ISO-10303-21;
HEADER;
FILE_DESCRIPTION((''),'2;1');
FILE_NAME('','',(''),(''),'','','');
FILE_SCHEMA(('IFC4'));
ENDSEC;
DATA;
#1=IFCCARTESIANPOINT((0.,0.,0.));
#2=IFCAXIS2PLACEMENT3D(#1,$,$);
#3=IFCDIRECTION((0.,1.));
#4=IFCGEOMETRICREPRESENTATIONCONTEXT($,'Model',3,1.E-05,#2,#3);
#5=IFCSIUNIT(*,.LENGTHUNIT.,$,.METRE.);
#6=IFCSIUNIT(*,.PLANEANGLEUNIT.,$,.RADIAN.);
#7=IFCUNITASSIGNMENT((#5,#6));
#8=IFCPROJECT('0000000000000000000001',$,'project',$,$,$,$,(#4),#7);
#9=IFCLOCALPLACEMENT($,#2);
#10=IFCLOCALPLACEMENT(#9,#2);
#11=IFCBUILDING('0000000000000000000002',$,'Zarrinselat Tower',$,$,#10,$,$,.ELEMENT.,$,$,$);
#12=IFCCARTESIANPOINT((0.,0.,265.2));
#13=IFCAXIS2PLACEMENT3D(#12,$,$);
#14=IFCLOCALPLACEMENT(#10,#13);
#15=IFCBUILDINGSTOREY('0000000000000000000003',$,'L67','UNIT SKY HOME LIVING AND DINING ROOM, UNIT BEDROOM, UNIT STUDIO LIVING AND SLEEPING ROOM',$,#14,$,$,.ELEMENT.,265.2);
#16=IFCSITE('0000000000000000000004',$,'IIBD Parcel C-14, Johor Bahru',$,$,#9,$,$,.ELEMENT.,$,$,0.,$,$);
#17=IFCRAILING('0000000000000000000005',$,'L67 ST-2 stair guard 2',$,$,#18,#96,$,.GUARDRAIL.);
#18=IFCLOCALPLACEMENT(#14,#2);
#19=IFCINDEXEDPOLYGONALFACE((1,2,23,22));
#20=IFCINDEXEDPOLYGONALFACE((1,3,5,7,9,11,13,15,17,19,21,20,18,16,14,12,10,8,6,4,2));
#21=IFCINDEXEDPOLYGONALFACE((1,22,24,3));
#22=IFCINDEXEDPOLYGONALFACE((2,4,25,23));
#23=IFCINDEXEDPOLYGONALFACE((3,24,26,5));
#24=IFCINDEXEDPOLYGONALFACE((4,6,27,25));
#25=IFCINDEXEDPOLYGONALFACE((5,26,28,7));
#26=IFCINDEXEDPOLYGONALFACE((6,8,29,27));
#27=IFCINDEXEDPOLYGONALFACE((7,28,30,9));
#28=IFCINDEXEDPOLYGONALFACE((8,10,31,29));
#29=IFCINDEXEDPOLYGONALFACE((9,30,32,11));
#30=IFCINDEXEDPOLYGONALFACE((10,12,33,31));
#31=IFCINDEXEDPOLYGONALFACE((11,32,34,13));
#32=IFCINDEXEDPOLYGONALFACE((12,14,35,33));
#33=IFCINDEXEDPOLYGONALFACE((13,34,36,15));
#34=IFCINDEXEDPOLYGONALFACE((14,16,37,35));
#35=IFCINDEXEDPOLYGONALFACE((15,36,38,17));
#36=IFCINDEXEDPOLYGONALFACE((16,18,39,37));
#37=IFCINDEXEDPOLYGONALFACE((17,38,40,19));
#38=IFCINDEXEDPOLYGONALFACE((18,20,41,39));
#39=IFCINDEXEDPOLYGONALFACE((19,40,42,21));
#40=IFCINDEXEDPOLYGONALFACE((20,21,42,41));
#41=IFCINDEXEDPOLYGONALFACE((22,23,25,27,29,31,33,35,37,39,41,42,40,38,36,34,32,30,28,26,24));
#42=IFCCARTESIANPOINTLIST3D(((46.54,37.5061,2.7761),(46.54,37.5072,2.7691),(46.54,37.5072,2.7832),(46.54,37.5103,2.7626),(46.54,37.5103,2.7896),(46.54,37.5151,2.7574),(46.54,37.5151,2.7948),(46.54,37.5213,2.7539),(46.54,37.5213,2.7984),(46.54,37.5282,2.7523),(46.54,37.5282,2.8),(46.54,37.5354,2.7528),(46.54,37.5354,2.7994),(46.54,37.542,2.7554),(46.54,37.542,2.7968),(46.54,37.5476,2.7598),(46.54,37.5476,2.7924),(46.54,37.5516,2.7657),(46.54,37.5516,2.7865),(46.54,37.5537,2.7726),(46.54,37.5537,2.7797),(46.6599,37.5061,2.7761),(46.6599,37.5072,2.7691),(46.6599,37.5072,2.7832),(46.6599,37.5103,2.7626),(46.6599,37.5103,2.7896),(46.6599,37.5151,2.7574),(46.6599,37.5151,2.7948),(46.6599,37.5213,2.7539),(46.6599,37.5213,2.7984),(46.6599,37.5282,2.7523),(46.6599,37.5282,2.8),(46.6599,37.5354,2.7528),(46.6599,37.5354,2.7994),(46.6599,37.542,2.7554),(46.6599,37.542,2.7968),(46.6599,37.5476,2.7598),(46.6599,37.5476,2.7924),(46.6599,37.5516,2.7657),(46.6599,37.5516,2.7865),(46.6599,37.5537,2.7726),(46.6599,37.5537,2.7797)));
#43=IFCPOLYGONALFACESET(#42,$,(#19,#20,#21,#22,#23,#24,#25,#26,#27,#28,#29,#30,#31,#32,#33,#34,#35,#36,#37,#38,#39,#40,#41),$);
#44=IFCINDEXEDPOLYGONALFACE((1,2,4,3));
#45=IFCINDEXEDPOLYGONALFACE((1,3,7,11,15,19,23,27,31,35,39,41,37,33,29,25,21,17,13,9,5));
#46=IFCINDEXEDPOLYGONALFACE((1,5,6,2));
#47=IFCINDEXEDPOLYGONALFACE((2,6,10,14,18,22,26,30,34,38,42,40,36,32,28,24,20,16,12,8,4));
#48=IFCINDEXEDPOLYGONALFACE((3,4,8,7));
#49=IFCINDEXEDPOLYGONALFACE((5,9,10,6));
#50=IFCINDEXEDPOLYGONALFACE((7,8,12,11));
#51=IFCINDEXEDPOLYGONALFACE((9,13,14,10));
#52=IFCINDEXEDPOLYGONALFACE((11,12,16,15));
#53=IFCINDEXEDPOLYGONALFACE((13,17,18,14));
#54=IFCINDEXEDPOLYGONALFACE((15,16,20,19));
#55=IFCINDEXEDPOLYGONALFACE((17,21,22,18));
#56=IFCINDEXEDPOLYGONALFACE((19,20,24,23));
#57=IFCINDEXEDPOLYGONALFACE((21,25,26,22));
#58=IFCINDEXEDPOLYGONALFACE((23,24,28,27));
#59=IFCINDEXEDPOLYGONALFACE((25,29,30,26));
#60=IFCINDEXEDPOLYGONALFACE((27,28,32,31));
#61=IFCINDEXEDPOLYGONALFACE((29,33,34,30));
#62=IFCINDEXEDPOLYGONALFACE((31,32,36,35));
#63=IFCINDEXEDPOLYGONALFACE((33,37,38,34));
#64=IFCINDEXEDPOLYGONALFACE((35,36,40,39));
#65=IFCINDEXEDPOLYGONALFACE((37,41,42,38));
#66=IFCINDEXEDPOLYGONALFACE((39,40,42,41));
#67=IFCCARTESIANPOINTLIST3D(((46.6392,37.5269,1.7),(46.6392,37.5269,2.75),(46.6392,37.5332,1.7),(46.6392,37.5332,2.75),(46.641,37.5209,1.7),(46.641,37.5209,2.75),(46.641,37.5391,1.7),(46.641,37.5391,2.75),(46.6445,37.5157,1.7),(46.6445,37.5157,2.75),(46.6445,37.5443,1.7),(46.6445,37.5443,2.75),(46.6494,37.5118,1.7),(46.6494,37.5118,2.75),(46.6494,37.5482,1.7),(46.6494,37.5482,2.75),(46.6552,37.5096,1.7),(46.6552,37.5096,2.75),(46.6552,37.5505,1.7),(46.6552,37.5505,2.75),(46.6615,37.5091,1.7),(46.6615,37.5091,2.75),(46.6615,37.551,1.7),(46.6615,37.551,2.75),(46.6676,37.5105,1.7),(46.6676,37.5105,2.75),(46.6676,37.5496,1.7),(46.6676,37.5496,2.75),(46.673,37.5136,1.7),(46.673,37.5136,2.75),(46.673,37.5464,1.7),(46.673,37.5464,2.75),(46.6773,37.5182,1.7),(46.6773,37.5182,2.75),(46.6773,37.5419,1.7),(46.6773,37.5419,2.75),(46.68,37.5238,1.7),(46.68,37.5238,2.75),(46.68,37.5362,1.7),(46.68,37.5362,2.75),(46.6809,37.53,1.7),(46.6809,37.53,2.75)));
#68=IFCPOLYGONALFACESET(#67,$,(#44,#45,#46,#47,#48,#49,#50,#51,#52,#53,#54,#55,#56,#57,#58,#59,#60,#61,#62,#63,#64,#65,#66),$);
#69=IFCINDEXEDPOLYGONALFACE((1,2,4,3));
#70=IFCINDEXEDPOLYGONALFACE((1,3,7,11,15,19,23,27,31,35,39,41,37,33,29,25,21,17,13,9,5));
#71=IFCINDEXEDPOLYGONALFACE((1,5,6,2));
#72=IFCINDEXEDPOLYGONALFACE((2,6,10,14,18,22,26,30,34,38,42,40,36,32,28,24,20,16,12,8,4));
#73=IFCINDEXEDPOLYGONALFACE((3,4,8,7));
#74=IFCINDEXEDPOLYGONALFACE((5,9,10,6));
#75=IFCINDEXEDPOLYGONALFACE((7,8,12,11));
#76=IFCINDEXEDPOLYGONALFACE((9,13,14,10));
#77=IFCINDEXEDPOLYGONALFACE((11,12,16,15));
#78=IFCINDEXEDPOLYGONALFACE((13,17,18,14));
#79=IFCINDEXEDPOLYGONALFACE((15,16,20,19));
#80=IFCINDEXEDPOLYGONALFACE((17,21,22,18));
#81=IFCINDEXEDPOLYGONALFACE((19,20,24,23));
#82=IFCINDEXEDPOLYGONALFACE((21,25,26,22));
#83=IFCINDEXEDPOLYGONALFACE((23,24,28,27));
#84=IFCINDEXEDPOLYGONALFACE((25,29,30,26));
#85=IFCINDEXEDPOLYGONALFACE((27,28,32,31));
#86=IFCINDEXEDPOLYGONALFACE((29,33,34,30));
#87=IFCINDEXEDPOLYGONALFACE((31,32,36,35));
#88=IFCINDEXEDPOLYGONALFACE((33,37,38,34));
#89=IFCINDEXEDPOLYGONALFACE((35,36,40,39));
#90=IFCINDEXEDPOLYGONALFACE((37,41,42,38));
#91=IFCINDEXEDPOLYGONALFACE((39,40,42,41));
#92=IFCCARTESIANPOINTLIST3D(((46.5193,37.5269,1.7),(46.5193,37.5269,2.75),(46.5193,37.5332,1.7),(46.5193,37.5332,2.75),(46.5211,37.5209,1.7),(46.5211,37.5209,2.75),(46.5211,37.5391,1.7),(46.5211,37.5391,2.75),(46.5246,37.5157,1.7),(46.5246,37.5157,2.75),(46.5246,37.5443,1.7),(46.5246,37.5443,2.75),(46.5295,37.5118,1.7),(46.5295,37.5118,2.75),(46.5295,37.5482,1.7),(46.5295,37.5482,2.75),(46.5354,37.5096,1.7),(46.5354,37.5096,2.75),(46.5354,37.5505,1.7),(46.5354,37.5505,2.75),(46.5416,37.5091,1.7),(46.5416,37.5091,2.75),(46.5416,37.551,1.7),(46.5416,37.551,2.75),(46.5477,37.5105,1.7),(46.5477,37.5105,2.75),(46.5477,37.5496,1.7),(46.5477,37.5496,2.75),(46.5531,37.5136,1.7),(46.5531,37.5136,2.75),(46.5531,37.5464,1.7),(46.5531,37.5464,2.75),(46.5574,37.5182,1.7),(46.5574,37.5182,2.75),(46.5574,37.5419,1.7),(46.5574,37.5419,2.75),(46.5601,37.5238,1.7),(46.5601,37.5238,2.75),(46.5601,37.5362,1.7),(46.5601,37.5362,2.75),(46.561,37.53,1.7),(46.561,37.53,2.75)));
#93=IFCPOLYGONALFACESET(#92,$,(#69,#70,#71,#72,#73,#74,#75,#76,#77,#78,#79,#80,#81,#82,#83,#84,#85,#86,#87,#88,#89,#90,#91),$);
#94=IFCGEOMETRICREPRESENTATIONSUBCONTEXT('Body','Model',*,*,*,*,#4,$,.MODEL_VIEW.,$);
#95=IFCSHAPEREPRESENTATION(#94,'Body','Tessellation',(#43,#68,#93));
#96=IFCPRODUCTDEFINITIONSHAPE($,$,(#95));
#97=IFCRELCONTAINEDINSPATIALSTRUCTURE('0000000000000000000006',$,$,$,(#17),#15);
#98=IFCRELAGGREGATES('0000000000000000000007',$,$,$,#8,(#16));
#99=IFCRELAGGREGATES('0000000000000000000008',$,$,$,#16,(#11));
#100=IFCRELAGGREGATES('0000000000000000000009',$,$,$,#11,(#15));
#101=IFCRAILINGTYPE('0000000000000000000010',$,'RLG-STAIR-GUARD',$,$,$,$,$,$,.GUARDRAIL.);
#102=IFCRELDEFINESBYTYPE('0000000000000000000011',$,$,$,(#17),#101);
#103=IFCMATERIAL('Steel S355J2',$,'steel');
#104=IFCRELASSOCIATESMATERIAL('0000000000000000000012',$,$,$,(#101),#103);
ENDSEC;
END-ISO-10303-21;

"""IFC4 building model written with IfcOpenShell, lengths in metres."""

from ifc_helpers import new_model, si_unit, direction, frame, origin, origin_2d, place, context, subcontext, project, spatial, circle, extrude, material, type_object, element, save


model = new_model("IFC4")

# Units and contexts
model_context = context("Model", 3, precision=1e-05, world=origin(), true_north=direction((0.0, 1.0)))
body_context = subcontext(model_context, "Body", "Model", "MODEL_VIEW")
ifc_project = project(units=[si_unit("LENGTHUNIT", "METRE"), si_unit("PLANEANGLEUNIT", "RADIAN")], contexts=[model_context])

# Site, building, storey
site_placement = place(None, origin())
site = spatial("IfcSite", under=ifc_project, at=site_placement, Name="IIBD Parcel C-14, Johor Bahru", CompositionType="ELEMENT", RefElevation=0.0)
building_placement = place(site_placement, origin())
building = spatial("IfcBuilding", under=site, at=building_placement, Name="Zarrinselat Tower", CompositionType="ELEMENT")
storey_placement = place(building_placement, frame((0.0, 0.0, 265.2)))
storey = spatial("IfcBuildingStorey", under=building, at=storey_placement, Name="L67", Description="UNIT SKY HOME LIVING AND DINING ROOM, UNIT BEDROOM, UNIT STUDIO LIVING AND SLEEPING ROOM", CompositionType="ELEMENT", Elevation=265.2)

# Railing
ifc_material_1 = material(Name="Steel S355J2", Category="steel")
railing_type_1 = type_object("IfcRailingType", Name="RLG-STAIR-GUARD", PredefinedType="GUARDRAIL", material=ifc_material_1)
railing_1_placement = place(storey_placement, frame((46.6599, 37.53, 1.7)))
element("IfcRailing", 1, at=railing_1_placement, inside=storey, type_object=railing_type_1, Name="L67 ST-2 stair guard 2", PredefinedType="GUARDRAIL", context=body_context, shape_type="SweptSolid", body=[
    extrude(circle(Radius=0.0239, at=origin_2d()), frame((0.0, 0.0, 1.0762), z_axis=(-1.0, 0.0, 0.0), x_axis=(0.0, -1.0, 0.0)), (0.0, 0.0, 1.0), 0.1199),
    extrude(circle(Radius=0.021, at=origin_2d()), origin(), (0.0, 0.0, 1.0), 1.05),
    extrude(circle(Radius=0.021, at=origin_2d()), frame((-0.1199, 0.0, 0.0)), (0.0, 0.0, 1.0), 1.05),
])

save(model, "model.ifc")
